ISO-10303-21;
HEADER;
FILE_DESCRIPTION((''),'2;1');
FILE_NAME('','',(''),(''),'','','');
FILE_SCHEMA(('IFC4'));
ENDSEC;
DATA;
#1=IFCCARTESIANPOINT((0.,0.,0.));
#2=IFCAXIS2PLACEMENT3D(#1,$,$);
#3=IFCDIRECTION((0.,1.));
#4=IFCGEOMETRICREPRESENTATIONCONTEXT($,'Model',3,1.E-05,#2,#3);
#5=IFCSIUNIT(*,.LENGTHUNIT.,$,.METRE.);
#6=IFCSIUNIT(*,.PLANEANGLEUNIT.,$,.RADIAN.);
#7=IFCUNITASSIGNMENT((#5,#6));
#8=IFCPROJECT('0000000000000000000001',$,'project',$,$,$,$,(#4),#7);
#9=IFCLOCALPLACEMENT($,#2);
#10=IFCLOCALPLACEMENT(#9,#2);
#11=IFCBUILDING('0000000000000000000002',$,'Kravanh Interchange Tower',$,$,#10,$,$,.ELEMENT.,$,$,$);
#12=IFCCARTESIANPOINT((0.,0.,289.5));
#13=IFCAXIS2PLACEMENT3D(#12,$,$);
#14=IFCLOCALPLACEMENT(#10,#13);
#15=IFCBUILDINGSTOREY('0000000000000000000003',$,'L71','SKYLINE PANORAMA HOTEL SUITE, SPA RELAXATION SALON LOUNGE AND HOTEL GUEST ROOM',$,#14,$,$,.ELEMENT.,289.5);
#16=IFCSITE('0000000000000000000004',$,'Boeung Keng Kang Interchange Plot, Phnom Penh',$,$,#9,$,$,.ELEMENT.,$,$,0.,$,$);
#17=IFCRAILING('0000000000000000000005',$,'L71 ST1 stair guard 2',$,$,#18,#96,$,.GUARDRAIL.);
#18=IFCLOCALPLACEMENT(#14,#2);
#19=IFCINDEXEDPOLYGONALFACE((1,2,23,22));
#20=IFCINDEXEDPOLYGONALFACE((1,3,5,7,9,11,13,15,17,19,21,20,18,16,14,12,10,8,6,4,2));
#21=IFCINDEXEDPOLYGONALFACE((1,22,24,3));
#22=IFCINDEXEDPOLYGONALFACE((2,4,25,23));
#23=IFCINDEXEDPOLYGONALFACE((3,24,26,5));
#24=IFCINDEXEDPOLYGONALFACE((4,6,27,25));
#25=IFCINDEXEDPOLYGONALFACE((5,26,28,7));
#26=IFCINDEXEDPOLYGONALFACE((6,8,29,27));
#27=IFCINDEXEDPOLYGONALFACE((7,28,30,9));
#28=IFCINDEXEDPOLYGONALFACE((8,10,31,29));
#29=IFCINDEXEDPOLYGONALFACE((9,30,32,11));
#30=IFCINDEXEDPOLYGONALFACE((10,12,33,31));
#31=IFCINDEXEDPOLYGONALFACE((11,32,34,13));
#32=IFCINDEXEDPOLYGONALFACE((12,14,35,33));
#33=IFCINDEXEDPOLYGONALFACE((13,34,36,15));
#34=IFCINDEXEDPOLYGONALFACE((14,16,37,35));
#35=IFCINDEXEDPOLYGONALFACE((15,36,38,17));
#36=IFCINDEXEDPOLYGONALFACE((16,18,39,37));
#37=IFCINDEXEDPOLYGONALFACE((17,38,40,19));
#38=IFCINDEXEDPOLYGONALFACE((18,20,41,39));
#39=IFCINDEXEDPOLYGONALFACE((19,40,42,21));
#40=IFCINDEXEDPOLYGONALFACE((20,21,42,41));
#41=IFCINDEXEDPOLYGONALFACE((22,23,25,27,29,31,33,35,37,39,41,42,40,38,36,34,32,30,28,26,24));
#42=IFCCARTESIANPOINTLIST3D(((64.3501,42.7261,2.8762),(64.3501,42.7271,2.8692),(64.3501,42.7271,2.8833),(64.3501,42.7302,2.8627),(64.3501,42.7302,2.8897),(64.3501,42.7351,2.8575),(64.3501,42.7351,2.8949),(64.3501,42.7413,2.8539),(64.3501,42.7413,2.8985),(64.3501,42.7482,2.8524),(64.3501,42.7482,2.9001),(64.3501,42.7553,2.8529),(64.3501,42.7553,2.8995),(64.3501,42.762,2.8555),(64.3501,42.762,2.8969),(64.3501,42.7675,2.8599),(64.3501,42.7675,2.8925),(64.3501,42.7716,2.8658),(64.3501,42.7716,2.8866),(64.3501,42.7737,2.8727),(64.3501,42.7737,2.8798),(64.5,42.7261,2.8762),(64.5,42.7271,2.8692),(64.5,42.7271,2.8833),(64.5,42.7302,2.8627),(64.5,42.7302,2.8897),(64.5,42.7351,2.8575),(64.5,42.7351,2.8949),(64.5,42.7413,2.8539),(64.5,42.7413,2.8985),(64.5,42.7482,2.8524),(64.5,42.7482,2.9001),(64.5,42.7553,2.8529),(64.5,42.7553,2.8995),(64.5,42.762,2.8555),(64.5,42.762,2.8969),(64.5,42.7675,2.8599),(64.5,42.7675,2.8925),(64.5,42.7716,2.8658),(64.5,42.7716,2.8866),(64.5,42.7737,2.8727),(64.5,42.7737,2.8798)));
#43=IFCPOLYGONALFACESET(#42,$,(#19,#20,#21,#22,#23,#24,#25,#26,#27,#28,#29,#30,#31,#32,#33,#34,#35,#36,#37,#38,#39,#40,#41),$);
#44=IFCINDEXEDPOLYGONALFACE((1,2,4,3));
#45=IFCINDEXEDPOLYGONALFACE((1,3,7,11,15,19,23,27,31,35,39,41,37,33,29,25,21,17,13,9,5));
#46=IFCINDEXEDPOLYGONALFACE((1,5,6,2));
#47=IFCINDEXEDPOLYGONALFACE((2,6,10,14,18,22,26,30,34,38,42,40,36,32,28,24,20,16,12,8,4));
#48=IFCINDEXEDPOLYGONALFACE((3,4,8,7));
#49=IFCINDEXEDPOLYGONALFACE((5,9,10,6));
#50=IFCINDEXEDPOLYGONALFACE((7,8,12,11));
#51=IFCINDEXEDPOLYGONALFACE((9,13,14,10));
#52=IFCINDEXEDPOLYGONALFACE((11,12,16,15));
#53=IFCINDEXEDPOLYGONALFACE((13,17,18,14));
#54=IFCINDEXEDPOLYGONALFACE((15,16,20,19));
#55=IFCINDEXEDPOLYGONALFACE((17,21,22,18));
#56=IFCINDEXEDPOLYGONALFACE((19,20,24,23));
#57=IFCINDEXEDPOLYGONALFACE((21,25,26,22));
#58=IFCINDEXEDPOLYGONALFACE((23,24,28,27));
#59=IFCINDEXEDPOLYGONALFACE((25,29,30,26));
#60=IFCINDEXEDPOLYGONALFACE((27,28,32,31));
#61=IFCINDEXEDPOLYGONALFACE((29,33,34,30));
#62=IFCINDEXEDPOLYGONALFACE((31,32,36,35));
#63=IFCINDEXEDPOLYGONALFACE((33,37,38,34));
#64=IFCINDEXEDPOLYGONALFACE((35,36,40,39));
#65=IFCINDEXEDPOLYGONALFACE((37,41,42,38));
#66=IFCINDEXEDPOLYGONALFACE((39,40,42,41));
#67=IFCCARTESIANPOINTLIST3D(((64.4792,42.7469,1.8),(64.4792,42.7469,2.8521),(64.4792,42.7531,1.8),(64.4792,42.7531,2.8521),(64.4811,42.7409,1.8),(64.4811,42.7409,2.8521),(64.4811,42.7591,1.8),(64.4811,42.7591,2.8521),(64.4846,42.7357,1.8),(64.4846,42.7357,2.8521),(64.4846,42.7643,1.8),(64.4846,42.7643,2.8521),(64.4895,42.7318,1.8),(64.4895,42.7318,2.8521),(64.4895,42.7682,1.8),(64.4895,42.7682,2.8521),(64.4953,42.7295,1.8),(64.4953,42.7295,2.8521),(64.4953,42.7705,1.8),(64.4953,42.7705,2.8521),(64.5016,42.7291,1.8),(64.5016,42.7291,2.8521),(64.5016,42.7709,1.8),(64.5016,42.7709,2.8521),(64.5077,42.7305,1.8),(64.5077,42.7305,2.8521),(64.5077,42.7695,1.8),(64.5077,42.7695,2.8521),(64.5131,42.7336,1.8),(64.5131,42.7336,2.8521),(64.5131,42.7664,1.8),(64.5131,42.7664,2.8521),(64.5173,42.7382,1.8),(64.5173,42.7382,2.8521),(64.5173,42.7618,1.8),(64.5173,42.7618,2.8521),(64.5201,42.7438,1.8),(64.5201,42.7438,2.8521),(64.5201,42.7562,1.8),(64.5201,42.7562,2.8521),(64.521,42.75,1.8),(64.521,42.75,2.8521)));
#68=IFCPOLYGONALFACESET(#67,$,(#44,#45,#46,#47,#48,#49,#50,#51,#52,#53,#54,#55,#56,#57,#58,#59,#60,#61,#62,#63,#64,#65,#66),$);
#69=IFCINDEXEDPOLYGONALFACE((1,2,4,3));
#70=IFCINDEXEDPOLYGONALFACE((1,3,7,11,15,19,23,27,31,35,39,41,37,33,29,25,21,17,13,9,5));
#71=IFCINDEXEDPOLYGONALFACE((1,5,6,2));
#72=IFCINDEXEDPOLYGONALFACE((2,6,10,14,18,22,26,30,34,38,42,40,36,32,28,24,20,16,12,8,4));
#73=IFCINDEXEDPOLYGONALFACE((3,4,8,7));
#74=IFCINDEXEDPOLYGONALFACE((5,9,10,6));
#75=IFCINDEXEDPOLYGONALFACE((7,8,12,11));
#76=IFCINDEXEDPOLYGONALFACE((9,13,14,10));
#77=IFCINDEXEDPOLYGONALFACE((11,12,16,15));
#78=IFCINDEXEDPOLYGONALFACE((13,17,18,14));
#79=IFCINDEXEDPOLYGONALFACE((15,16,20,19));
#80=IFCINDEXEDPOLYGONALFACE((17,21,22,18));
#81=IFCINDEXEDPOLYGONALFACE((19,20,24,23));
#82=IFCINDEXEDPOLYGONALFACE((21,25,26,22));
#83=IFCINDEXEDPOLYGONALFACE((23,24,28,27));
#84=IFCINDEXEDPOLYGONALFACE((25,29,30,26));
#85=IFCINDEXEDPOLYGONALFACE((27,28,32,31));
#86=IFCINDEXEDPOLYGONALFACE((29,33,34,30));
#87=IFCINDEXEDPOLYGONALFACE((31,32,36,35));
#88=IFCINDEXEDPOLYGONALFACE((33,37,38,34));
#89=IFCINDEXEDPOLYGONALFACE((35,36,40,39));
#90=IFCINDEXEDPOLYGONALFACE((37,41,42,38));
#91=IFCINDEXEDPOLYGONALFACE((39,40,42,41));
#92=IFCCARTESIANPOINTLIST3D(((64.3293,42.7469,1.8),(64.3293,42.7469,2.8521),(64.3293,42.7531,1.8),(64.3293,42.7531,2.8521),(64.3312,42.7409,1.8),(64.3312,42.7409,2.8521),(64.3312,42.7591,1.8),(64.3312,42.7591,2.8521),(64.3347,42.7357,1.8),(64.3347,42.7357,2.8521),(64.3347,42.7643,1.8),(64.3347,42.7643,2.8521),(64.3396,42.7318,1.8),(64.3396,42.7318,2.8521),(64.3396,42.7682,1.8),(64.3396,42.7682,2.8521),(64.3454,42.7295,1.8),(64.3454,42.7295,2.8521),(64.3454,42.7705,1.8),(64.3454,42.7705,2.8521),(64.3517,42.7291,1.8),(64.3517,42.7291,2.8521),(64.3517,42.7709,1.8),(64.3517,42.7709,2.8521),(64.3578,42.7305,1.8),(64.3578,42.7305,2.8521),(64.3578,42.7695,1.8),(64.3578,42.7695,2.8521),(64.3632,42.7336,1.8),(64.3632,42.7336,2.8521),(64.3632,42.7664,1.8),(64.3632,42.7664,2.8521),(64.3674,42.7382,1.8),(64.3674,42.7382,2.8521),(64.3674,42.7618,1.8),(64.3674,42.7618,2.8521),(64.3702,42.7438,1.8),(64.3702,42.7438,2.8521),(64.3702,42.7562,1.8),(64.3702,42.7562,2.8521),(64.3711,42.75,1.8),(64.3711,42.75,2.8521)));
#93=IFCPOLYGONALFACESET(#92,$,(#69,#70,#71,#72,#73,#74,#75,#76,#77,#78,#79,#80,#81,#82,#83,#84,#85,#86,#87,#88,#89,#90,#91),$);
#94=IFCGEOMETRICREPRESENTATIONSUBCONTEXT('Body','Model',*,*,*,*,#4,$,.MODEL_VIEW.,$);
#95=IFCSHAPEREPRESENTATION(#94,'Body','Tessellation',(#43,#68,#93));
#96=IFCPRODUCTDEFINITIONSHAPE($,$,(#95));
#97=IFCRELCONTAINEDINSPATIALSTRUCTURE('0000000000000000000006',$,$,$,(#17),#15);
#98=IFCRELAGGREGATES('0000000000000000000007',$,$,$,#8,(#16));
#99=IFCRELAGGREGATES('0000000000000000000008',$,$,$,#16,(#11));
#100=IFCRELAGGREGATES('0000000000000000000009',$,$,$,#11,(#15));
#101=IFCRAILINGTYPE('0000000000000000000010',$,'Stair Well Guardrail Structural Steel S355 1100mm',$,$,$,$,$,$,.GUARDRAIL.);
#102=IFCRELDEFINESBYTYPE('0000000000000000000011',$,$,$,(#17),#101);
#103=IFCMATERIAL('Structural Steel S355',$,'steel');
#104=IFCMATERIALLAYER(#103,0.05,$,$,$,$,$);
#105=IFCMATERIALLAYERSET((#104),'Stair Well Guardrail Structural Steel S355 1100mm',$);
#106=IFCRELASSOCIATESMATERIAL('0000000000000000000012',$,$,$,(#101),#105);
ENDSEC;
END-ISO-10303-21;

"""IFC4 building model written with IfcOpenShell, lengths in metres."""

from ifc_helpers import new_model, si_unit, direction, frame, origin, origin_2d, place, context, subcontext, project, spatial, circle, extrude, material, layer, layer_set, type_object, element, save


model = new_model("IFC4")

# Units and contexts
model_context = context("Model", 3, precision=1e-05, world=origin(), true_north=direction((0.0, 1.0)))
body_context = subcontext(model_context, "Body", "Model", "MODEL_VIEW")
ifc_project = project(units=[si_unit("LENGTHUNIT", "METRE"), si_unit("PLANEANGLEUNIT", "RADIAN")], contexts=[model_context])

# Site, building, storey
site_placement = place(None, origin())
site = spatial("IfcSite", under=ifc_project, at=site_placement, Name="Boeung Keng Kang Interchange Plot, Phnom Penh", CompositionType="ELEMENT", RefElevation=0.0)
building_placement = place(site_placement, origin())
building = spatial("IfcBuilding", under=site, at=building_placement, Name="Kravanh Interchange Tower", CompositionType="ELEMENT")
storey_placement = place(building_placement, frame((0.0, 0.0, 289.5)))
storey = spatial("IfcBuildingStorey", under=building, at=storey_placement, Name="L71", Description="SKYLINE PANORAMA HOTEL SUITE, SPA RELAXATION SALON LOUNGE AND HOTEL GUEST ROOM", CompositionType="ELEMENT", Elevation=289.5)

# Railing
ifc_material_1 = material(Name="Structural Steel S355", Category="steel")
ifc_layer_1 = layer(ifc_material_1, 0.05)
ifc_layer_set_1 = layer_set([ifc_layer_1], Name="Stair Well Guardrail Structural Steel S355 1100mm")
railing_type_1 = type_object("IfcRailingType", Name="Stair Well Guardrail Structural Steel S355 1100mm", PredefinedType="GUARDRAIL", material=ifc_layer_set_1)
railing_1_placement = place(storey_placement, frame((64.5, 42.75, 1.8)))
element("IfcRailing", 1, at=railing_1_placement, inside=storey, type_object=railing_type_1, Name="L71 ST1 stair guard 2", PredefinedType="GUARDRAIL", context=body_context, shape_type="SweptSolid", body=[
    extrude(circle(Radius=0.0239, at=origin_2d()), frame((0.0, 0.0, 1.0762), z_axis=(-1.0, 0.0, 0.0), x_axis=(0.0, -1.0, 0.0)), (0.0, 0.0, 1.0), 0.1499),
    extrude(circle(Radius=0.021, at=origin_2d()), origin(), (0.0, 0.0, 1.0), 1.052),
    extrude(circle(Radius=0.021, at=origin_2d()), frame((-0.1499, 0.0, 0.0)), (0.0, 0.0, 1.0), 1.052),
])

save(model, "model.ifc")
